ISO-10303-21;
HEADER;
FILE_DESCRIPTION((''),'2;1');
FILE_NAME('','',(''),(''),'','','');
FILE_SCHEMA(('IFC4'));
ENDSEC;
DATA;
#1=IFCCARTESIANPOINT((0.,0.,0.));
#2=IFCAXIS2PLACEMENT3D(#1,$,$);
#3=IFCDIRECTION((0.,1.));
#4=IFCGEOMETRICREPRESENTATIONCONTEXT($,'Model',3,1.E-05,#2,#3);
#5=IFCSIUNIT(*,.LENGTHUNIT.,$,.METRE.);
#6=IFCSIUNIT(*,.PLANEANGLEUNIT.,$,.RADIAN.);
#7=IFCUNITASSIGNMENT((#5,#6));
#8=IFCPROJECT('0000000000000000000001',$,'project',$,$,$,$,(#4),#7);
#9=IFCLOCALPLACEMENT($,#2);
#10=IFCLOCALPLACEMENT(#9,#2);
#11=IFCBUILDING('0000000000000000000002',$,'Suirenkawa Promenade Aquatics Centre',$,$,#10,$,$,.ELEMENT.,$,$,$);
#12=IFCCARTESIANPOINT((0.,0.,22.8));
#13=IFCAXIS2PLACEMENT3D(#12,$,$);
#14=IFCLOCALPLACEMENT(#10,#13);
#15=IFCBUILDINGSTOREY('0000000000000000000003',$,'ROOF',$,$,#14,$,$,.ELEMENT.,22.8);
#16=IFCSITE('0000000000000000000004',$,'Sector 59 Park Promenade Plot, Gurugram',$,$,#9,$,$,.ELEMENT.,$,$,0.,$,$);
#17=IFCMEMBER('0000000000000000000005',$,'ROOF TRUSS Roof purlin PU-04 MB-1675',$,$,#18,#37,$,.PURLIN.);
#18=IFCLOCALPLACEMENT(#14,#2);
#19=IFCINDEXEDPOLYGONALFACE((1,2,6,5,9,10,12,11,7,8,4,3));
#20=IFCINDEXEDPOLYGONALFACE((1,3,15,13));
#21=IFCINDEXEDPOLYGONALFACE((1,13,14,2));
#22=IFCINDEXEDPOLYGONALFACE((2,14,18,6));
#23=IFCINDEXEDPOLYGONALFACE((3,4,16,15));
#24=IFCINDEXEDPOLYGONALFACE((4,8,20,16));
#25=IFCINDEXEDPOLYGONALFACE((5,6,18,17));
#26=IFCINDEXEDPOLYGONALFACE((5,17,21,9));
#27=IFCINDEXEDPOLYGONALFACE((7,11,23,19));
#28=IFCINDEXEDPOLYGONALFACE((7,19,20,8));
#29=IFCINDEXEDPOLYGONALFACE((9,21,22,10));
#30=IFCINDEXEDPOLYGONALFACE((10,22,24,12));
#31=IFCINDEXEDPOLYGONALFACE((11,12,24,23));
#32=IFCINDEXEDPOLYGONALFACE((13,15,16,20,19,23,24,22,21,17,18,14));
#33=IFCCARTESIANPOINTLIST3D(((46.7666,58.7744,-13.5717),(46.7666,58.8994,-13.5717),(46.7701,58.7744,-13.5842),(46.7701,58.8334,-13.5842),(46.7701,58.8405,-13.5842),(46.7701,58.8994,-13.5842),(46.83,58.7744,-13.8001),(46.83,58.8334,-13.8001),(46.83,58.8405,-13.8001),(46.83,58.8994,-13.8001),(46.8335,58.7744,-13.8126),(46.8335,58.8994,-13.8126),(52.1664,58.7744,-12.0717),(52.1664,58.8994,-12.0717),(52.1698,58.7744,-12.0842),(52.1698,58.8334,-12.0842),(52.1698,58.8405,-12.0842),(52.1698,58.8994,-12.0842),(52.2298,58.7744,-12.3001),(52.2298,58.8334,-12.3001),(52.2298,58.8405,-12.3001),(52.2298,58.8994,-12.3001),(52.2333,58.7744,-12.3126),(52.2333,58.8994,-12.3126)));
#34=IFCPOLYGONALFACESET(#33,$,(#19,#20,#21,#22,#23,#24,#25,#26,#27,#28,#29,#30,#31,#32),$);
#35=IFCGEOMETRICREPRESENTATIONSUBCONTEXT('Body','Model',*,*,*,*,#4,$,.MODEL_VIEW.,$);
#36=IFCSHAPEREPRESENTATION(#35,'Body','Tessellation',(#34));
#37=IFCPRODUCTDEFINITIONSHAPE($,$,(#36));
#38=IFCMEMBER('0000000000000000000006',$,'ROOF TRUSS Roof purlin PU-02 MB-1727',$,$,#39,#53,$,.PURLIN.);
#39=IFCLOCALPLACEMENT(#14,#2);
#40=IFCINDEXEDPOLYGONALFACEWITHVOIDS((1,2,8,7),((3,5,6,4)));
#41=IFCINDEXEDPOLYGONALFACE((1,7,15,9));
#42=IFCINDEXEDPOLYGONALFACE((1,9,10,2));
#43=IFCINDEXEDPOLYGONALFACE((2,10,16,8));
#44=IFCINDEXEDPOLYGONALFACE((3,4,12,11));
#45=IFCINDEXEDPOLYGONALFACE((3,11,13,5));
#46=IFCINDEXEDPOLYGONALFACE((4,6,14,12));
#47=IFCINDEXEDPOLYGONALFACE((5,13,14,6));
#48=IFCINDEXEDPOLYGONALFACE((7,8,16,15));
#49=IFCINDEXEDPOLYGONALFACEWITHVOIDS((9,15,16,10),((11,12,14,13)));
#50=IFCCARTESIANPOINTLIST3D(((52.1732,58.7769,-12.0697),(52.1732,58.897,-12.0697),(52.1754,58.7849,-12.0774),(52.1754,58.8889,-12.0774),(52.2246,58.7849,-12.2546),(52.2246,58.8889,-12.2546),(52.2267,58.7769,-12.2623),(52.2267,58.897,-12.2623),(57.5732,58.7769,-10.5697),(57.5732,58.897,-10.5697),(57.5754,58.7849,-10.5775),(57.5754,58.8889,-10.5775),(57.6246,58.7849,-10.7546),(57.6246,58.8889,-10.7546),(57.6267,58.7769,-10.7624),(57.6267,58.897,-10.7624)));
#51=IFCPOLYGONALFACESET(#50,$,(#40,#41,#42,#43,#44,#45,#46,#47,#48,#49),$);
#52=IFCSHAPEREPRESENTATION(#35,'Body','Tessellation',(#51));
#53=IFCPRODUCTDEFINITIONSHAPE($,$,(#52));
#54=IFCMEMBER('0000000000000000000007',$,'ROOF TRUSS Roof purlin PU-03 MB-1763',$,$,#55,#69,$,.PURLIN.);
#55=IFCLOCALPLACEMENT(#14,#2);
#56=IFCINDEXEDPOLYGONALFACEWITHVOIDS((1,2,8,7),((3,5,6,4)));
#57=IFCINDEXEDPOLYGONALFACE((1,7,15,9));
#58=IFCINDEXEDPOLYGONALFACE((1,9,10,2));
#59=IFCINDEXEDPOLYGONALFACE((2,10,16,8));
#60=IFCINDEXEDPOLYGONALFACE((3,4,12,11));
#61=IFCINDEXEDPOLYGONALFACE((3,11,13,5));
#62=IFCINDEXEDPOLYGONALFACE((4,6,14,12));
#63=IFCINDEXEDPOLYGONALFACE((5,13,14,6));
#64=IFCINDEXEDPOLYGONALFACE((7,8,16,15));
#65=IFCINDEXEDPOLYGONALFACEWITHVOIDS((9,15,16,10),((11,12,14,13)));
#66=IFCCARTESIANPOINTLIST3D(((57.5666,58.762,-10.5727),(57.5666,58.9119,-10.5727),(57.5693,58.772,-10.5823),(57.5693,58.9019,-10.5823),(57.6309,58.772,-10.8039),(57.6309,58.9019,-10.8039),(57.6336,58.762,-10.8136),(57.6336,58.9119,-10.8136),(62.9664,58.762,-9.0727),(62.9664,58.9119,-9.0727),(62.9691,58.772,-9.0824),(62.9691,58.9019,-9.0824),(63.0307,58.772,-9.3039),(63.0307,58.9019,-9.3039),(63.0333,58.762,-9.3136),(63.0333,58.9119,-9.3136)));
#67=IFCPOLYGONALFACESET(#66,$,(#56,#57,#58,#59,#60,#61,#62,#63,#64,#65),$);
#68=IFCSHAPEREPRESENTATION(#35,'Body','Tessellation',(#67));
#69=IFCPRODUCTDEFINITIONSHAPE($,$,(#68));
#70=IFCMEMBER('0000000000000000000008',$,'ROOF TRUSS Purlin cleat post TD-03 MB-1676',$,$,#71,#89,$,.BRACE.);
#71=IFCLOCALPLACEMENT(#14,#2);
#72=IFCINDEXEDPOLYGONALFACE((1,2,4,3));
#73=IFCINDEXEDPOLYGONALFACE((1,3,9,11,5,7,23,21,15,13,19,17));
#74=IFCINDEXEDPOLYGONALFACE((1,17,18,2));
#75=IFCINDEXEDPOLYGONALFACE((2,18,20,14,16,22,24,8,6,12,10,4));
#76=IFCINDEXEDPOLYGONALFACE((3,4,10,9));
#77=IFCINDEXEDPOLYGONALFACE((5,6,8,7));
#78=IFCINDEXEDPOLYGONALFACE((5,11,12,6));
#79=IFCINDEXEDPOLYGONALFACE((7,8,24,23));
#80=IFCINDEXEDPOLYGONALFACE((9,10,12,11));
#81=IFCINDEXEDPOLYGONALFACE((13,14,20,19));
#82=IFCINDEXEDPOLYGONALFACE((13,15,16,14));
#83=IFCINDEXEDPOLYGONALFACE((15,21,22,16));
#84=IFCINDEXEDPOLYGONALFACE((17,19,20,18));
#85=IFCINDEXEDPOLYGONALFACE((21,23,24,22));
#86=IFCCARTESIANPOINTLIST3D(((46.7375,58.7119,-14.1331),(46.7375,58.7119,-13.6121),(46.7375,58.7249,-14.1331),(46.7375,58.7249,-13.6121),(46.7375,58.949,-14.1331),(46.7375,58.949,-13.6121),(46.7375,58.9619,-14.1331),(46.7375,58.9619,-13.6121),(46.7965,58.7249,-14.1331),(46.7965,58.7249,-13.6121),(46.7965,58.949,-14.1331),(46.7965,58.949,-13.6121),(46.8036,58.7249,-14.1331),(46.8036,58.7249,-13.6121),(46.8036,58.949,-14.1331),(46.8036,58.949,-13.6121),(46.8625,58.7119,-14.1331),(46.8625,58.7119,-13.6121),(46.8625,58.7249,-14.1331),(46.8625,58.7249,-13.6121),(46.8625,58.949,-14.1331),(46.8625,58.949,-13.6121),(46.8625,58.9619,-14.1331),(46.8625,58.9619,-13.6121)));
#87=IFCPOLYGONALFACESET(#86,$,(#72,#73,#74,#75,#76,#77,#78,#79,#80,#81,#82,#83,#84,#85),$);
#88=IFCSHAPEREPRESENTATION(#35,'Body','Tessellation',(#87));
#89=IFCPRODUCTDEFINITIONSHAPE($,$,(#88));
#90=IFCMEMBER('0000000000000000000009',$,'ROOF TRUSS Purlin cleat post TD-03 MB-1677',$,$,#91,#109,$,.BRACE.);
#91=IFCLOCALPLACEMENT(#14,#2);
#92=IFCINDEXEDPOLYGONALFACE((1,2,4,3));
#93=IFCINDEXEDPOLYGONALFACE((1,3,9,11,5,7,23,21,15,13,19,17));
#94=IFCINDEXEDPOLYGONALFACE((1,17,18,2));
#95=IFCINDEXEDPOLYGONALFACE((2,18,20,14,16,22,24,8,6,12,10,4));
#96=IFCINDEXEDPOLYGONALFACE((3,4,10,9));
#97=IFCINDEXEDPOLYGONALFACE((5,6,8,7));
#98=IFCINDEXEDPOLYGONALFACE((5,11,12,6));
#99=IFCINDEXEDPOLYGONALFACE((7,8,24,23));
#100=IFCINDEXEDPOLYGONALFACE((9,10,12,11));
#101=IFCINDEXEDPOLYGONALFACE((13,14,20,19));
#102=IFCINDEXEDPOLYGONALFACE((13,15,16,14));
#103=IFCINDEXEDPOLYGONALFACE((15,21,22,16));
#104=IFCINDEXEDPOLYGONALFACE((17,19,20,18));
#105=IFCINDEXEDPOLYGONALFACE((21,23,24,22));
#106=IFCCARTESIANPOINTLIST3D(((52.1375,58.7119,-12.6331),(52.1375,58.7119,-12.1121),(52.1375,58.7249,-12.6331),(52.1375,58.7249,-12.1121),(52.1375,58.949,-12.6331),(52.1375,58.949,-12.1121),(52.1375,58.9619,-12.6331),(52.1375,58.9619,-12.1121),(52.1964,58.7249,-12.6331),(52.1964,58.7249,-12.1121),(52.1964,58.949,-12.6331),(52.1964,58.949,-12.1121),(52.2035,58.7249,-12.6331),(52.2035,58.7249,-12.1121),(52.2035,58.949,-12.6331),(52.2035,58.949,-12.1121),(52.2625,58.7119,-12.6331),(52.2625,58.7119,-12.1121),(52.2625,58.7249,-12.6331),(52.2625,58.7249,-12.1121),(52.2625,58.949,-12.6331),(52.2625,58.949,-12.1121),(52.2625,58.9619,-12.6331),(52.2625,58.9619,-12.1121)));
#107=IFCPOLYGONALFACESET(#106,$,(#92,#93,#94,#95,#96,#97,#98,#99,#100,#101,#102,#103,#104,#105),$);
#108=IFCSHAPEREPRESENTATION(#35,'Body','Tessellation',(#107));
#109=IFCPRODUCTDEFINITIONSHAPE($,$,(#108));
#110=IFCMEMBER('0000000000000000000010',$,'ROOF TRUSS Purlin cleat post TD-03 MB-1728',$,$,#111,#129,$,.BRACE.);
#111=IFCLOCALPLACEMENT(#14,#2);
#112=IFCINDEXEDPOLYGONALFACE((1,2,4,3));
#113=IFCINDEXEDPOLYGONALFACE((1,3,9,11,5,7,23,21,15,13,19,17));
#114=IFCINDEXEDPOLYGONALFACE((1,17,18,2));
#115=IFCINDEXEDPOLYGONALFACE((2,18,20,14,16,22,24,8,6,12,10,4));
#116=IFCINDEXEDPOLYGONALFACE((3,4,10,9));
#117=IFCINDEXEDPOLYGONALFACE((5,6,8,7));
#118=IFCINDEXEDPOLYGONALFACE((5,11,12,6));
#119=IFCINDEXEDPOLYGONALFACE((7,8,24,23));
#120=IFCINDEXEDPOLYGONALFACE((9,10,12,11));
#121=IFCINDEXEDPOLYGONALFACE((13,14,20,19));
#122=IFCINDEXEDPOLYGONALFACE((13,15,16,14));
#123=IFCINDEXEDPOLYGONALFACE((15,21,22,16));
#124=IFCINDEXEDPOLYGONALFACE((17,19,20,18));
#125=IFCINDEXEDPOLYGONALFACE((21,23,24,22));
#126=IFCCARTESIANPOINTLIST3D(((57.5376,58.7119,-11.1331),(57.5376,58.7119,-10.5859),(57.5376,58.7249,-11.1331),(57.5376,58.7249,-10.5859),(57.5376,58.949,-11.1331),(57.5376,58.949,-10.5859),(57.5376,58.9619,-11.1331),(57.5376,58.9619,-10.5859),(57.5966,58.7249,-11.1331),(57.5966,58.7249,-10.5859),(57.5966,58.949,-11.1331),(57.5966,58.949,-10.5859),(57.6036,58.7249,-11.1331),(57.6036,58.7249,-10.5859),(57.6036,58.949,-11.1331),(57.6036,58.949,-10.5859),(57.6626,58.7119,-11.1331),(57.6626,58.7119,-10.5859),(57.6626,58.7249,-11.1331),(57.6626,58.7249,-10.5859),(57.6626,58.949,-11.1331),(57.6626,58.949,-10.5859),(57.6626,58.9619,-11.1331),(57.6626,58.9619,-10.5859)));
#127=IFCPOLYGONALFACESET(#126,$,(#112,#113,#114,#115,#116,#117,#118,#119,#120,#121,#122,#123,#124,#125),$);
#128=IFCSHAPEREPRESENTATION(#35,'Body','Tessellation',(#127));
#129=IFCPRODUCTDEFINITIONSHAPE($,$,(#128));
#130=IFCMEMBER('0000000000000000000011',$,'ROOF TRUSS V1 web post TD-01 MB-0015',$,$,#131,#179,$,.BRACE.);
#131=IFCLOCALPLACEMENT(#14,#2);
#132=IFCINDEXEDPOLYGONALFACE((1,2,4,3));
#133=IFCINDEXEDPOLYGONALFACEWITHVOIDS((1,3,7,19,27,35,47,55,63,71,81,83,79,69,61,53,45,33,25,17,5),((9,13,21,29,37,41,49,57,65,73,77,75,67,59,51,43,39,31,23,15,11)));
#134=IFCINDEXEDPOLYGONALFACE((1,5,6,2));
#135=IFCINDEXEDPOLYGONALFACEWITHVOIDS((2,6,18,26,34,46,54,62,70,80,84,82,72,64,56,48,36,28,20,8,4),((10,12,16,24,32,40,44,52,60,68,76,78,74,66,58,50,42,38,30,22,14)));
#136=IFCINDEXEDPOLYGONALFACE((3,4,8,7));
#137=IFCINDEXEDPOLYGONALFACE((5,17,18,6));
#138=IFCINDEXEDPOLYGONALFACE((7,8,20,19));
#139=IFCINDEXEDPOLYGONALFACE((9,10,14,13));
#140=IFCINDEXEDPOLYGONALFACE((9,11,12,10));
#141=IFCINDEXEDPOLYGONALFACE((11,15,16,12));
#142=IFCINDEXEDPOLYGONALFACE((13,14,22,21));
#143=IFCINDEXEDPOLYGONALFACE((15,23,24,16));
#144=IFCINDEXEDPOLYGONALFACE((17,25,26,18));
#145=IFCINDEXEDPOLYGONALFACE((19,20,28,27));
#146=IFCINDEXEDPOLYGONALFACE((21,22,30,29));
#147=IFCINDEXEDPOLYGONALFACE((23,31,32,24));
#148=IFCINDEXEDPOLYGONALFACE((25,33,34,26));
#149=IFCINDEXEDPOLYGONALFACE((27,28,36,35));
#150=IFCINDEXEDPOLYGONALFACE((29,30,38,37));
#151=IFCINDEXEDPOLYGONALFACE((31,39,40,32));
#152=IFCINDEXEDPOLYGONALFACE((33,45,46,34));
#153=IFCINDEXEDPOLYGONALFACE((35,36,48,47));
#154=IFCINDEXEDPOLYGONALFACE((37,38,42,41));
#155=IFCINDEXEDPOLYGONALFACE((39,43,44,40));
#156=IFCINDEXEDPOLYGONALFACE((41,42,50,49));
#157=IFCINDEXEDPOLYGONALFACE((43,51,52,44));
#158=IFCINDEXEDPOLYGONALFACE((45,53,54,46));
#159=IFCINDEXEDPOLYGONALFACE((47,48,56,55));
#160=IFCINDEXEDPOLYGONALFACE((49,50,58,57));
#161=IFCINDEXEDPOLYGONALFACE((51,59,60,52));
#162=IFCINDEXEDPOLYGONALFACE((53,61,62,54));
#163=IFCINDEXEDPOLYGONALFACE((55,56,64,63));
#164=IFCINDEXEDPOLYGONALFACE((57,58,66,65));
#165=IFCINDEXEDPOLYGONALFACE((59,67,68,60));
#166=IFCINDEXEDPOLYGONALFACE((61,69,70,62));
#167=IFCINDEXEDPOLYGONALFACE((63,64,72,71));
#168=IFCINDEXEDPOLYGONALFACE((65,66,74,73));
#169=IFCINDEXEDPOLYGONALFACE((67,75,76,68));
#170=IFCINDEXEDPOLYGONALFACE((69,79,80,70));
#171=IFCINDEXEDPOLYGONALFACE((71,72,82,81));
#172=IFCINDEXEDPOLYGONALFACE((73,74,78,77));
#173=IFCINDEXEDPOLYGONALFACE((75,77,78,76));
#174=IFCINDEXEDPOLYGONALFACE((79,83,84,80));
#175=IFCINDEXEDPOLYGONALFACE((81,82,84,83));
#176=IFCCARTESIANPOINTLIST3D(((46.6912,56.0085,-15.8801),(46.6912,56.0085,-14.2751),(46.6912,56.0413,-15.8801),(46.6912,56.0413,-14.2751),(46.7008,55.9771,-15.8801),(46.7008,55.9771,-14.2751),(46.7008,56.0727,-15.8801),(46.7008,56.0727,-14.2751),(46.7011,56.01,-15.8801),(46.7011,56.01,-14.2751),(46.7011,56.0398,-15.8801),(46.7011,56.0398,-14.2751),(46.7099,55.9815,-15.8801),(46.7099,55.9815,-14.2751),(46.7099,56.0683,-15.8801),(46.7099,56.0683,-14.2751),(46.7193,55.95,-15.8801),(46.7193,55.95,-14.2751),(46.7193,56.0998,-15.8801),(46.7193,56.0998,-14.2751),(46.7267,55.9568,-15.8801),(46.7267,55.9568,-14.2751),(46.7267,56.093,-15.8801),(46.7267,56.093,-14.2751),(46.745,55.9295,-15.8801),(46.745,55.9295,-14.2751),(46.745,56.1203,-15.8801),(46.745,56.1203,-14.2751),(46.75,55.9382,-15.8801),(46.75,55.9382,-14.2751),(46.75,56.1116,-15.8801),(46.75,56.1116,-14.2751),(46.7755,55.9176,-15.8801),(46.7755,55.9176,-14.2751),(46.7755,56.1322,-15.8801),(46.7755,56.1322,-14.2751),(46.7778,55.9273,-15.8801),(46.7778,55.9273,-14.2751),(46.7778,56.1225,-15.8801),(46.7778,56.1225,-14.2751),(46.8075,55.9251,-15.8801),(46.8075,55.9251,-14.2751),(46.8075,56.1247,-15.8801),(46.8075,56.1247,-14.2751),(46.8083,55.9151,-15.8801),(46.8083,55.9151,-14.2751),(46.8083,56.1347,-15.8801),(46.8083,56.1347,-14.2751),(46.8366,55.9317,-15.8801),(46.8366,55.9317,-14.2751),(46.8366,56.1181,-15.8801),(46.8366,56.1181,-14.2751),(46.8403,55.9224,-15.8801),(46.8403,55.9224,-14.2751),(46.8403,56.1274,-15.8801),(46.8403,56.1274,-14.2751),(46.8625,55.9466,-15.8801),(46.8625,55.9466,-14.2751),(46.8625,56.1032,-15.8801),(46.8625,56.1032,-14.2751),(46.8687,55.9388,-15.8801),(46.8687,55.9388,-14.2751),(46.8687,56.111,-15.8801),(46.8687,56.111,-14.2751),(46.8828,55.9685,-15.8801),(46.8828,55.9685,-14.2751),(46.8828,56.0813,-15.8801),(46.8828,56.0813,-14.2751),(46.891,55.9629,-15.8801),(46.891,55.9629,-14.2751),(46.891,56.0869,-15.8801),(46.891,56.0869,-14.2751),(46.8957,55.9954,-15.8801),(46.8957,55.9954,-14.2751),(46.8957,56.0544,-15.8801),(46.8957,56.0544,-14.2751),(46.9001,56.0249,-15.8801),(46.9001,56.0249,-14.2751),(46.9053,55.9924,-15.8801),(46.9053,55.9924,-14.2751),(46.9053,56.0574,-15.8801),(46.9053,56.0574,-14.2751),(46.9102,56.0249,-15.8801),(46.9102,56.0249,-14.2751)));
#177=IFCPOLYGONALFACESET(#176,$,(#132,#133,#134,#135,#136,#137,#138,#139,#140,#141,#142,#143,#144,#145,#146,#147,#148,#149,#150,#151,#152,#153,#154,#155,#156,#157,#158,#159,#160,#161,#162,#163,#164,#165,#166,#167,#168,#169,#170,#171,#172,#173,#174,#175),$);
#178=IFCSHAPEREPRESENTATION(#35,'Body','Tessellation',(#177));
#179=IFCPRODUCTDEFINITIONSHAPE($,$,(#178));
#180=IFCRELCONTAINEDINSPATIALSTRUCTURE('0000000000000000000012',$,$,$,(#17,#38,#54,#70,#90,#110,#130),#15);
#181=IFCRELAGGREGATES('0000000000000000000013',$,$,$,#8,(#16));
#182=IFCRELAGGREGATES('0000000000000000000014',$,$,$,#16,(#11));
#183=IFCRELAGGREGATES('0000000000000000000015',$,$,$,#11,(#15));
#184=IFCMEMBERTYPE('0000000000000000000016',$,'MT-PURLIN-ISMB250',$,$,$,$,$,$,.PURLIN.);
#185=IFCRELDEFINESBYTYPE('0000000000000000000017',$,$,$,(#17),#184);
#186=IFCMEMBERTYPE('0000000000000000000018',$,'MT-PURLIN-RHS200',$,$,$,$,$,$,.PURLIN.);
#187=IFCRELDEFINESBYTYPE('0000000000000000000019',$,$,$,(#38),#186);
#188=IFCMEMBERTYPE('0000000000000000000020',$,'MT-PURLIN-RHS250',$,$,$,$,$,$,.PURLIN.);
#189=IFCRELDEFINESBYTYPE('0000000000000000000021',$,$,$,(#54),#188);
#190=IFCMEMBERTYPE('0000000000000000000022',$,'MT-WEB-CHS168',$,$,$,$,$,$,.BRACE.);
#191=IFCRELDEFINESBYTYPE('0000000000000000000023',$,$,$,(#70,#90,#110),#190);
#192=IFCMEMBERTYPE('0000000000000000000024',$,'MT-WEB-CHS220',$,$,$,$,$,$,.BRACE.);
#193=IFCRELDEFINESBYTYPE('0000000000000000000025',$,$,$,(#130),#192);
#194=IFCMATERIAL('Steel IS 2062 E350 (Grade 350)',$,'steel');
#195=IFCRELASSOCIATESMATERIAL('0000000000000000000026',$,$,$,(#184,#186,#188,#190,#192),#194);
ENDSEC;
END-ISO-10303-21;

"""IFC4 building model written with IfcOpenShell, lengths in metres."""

from ifc_helpers import new_model, si_unit, direction, frame, origin, origin_2d, place, context, subcontext, project, spatial, hollow_rectangle, hollow_circle, i_section, extrude, material, material_profile, profile_set, type_object, element, save


model = new_model("IFC4")

# Units and contexts
model_context = context("Model", 3, precision=1e-05, world=origin(), true_north=direction((0.0, 1.0)))
body_context = subcontext(model_context, "Body", "Model", "MODEL_VIEW")
ifc_project = project(units=[si_unit("LENGTHUNIT", "METRE"), si_unit("PLANEANGLEUNIT", "RADIAN")], contexts=[model_context])

# Site, building, storey
site_placement = place(None, origin())
site = spatial("IfcSite", under=ifc_project, at=site_placement, Name="Sector 59 Park Promenade Plot, Gurugram", CompositionType="ELEMENT", RefElevation=0.0)
building_placement = place(site_placement, origin())
building = spatial("IfcBuilding", under=site, at=building_placement, Name="Suirenkawa Promenade Aquatics Centre", CompositionType="ELEMENT")
storey_placement = place(building_placement, frame((0.0, 0.0, 22.8)))
storey = spatial("IfcBuildingStorey", under=building, at=storey_placement, Name="ROOF", CompositionType="ELEMENT", Elevation=22.8)

# Shared definitions
ifc_material = material(Name="Steel IS 2062 E350 (Grade 350)", Category="steel")

# Members
ifc_material_profile_1 = material_profile(ifc_material, i_section(OverallWidth=0.125, OverallDepth=0.25, WebThickness=0.0071, FlangeThickness=0.0129, at=origin_2d()), Name="ISMB 250", Category="steel")
ifc_profile_set_1 = profile_set([ifc_material_profile_1], Name="Steel IS 2062 E350 (Grade 350)")
member_type_1 = type_object("IfcMemberType", Name="MT-PURLIN-ISMB250", PredefinedType="PURLIN", material=ifc_profile_set_1)
member_1_placement = place(storey_placement, frame((46.8, 58.8369, -13.6921), z_axis=(0.963517, 0.0, 0.267648), x_axis=(0.0, 1.0, 0.0)))
element("IfcMember", 1, at=member_1_placement, inside=storey, type_object=member_type_1, Name="ROOF TRUSS Roof purlin PU-04 MB-1675", PredefinedType="PURLIN", context=body_context, shape_type="SweptSolid", body=[
    extrude(i_section(OverallWidth=0.125, OverallDepth=0.25, WebThickness=0.0071, FlangeThickness=0.0129, at=origin_2d()), origin(), (0.0, 0.0, 1.0), 5.6042),
])
ifc_material_profile_2 = material_profile(ifc_material, hollow_rectangle(XDim=0.1201, YDim=0.2, WallThickness=0.0081, at=origin_2d()), Name="RHS 200x120x8", Category="steel")
ifc_profile_set_2 = profile_set([ifc_material_profile_2], Name="Steel IS 2062 E350 (Grade 350)")
member_type_2 = type_object("IfcMemberType", Name="MT-PURLIN-RHS200", PredefinedType="PURLIN", material=ifc_profile_set_2)
member_2_placement = place(storey_placement, frame((52.2, 58.8369, -12.166), z_axis=(0.96352, 0.0, 0.267637), x_axis=(0.0, 1.0, 0.0)))
element("IfcMember", 2, at=member_2_placement, inside=storey, type_object=member_type_2, Name="ROOF TRUSS Roof purlin PU-02 MB-1727", PredefinedType="PURLIN", context=body_context, shape_type="SweptSolid", body=[
    extrude(hollow_rectangle(XDim=0.1201, YDim=0.2, WallThickness=0.0081, at=origin_2d()), origin(), (0.0, 0.0, 1.0), 5.6045),
])
ifc_material_profile_3 = material_profile(ifc_material, hollow_rectangle(XDim=0.1499, YDim=0.25, WallThickness=0.01, at=origin_2d()), Name="RHS 250x150x10", Category="steel")
ifc_profile_set_3 = profile_set([ifc_material_profile_3], Name="Steel IS 2062 E350 (Grade 350)")
member_type_3 = type_object("IfcMemberType", Name="MT-PURLIN-RHS250", PredefinedType="PURLIN", material=ifc_profile_set_3)
member_3_placement = place(storey_placement, frame((57.6001, 58.8369, -10.6931), z_axis=(0.963517, 0.0, 0.267648), x_axis=(0.0, 1.0, 0.0)))
element("IfcMember", 3, at=member_3_placement, inside=storey, type_object=member_type_3, Name="ROOF TRUSS Roof purlin PU-03 MB-1763", PredefinedType="PURLIN", context=body_context, shape_type="SweptSolid", body=[
    extrude(hollow_rectangle(XDim=0.1499, YDim=0.25, WallThickness=0.01, at=origin_2d()), origin(), (0.0, 0.0, 1.0), 5.6042),
])
ifc_material_profile_4 = material_profile(ifc_material, i_section(OverallWidth=0.125, OverallDepth=0.25, WebThickness=0.0071, FlangeThickness=0.0129, at=origin_2d()), Name="ISMB 250", Category="steel")
ifc_profile_set_4 = profile_set([ifc_material_profile_4], Name="Steel IS 2062 E350 (Grade 350)")
member_type_4 = type_object("IfcMemberType", Name="MT-WEB-CHS168", PredefinedType="BRACE", material=ifc_profile_set_4)
for number, where, z_axis, x_axis, name in (
    (4, (46.8, 58.8369, -14.1331), (0.0, 0.0, 1.0), (1.0, 0.0, 0.0), "ROOF TRUSS Purlin cleat post TD-03 MB-1676"),
    (5, (52.2, 58.8369, -12.6331), (0.0, 0.0, 1.0), (1.0, 0.0, 0.0), "ROOF TRUSS Purlin cleat post TD-03 MB-1677"),
):
    element("IfcMember", number, at=place(storey_placement, frame(where, z_axis=z_axis, x_axis=x_axis)), inside=storey, type_object=member_type_4, Name=name, PredefinedType="BRACE", context=body_context, shape_type="SweptSolid", body=[
        extrude(i_section(OverallWidth=0.125, OverallDepth=0.25, WebThickness=0.0071, FlangeThickness=0.0129, at=origin_2d()), origin(), (0.0, 0.0, 1.0), 0.521),
    ])
member_4_placement = place(storey_placement, frame((57.6001, 58.8369, -11.1331), z_axis=(0.0, 0.0, 1.0), x_axis=(1.0, 0.0, 0.0)))
element("IfcMember", 6, at=member_4_placement, inside=storey, type_object=member_type_4, Name="ROOF TRUSS Purlin cleat post TD-03 MB-1728", PredefinedType="BRACE", context=body_context, shape_type="SweptSolid", body=[
    extrude(i_section(OverallWidth=0.125, OverallDepth=0.25, WebThickness=0.0071, FlangeThickness=0.0129, at=origin_2d()), origin(), (0.0, 0.0, 1.0), 0.5471),
])
ifc_material_profile_5 = material_profile(ifc_material, hollow_circle(Radius=0.1101, WallThickness=0.01, at=origin_2d()), Name="CHS 220x10", Category="steel")
ifc_profile_set_5 = profile_set([ifc_material_profile_5], Name="Steel IS 2062 E350 (Grade 350)")
member_type_5 = type_object("IfcMemberType", Name="MT-WEB-CHS220", PredefinedType="BRACE", material=ifc_profile_set_5)
member_5_placement = place(storey_placement, frame((46.8, 56.0249, -15.8801), z_axis=(0.0, 0.0, 1.0), x_axis=(1.0, 0.0, 0.0)))
element("IfcMember", 7, at=member_5_placement, inside=storey, type_object=member_type_5, Name="ROOF TRUSS V1 web post TD-01 MB-0015", PredefinedType="BRACE", context=body_context, shape_type="SweptSolid", body=[
    extrude(hollow_circle(Radius=0.1101, WallThickness=0.01, at=origin_2d()), origin(), (0.0, 0.0, 1.0), 1.605),
])

save(model, "model.ifc")
